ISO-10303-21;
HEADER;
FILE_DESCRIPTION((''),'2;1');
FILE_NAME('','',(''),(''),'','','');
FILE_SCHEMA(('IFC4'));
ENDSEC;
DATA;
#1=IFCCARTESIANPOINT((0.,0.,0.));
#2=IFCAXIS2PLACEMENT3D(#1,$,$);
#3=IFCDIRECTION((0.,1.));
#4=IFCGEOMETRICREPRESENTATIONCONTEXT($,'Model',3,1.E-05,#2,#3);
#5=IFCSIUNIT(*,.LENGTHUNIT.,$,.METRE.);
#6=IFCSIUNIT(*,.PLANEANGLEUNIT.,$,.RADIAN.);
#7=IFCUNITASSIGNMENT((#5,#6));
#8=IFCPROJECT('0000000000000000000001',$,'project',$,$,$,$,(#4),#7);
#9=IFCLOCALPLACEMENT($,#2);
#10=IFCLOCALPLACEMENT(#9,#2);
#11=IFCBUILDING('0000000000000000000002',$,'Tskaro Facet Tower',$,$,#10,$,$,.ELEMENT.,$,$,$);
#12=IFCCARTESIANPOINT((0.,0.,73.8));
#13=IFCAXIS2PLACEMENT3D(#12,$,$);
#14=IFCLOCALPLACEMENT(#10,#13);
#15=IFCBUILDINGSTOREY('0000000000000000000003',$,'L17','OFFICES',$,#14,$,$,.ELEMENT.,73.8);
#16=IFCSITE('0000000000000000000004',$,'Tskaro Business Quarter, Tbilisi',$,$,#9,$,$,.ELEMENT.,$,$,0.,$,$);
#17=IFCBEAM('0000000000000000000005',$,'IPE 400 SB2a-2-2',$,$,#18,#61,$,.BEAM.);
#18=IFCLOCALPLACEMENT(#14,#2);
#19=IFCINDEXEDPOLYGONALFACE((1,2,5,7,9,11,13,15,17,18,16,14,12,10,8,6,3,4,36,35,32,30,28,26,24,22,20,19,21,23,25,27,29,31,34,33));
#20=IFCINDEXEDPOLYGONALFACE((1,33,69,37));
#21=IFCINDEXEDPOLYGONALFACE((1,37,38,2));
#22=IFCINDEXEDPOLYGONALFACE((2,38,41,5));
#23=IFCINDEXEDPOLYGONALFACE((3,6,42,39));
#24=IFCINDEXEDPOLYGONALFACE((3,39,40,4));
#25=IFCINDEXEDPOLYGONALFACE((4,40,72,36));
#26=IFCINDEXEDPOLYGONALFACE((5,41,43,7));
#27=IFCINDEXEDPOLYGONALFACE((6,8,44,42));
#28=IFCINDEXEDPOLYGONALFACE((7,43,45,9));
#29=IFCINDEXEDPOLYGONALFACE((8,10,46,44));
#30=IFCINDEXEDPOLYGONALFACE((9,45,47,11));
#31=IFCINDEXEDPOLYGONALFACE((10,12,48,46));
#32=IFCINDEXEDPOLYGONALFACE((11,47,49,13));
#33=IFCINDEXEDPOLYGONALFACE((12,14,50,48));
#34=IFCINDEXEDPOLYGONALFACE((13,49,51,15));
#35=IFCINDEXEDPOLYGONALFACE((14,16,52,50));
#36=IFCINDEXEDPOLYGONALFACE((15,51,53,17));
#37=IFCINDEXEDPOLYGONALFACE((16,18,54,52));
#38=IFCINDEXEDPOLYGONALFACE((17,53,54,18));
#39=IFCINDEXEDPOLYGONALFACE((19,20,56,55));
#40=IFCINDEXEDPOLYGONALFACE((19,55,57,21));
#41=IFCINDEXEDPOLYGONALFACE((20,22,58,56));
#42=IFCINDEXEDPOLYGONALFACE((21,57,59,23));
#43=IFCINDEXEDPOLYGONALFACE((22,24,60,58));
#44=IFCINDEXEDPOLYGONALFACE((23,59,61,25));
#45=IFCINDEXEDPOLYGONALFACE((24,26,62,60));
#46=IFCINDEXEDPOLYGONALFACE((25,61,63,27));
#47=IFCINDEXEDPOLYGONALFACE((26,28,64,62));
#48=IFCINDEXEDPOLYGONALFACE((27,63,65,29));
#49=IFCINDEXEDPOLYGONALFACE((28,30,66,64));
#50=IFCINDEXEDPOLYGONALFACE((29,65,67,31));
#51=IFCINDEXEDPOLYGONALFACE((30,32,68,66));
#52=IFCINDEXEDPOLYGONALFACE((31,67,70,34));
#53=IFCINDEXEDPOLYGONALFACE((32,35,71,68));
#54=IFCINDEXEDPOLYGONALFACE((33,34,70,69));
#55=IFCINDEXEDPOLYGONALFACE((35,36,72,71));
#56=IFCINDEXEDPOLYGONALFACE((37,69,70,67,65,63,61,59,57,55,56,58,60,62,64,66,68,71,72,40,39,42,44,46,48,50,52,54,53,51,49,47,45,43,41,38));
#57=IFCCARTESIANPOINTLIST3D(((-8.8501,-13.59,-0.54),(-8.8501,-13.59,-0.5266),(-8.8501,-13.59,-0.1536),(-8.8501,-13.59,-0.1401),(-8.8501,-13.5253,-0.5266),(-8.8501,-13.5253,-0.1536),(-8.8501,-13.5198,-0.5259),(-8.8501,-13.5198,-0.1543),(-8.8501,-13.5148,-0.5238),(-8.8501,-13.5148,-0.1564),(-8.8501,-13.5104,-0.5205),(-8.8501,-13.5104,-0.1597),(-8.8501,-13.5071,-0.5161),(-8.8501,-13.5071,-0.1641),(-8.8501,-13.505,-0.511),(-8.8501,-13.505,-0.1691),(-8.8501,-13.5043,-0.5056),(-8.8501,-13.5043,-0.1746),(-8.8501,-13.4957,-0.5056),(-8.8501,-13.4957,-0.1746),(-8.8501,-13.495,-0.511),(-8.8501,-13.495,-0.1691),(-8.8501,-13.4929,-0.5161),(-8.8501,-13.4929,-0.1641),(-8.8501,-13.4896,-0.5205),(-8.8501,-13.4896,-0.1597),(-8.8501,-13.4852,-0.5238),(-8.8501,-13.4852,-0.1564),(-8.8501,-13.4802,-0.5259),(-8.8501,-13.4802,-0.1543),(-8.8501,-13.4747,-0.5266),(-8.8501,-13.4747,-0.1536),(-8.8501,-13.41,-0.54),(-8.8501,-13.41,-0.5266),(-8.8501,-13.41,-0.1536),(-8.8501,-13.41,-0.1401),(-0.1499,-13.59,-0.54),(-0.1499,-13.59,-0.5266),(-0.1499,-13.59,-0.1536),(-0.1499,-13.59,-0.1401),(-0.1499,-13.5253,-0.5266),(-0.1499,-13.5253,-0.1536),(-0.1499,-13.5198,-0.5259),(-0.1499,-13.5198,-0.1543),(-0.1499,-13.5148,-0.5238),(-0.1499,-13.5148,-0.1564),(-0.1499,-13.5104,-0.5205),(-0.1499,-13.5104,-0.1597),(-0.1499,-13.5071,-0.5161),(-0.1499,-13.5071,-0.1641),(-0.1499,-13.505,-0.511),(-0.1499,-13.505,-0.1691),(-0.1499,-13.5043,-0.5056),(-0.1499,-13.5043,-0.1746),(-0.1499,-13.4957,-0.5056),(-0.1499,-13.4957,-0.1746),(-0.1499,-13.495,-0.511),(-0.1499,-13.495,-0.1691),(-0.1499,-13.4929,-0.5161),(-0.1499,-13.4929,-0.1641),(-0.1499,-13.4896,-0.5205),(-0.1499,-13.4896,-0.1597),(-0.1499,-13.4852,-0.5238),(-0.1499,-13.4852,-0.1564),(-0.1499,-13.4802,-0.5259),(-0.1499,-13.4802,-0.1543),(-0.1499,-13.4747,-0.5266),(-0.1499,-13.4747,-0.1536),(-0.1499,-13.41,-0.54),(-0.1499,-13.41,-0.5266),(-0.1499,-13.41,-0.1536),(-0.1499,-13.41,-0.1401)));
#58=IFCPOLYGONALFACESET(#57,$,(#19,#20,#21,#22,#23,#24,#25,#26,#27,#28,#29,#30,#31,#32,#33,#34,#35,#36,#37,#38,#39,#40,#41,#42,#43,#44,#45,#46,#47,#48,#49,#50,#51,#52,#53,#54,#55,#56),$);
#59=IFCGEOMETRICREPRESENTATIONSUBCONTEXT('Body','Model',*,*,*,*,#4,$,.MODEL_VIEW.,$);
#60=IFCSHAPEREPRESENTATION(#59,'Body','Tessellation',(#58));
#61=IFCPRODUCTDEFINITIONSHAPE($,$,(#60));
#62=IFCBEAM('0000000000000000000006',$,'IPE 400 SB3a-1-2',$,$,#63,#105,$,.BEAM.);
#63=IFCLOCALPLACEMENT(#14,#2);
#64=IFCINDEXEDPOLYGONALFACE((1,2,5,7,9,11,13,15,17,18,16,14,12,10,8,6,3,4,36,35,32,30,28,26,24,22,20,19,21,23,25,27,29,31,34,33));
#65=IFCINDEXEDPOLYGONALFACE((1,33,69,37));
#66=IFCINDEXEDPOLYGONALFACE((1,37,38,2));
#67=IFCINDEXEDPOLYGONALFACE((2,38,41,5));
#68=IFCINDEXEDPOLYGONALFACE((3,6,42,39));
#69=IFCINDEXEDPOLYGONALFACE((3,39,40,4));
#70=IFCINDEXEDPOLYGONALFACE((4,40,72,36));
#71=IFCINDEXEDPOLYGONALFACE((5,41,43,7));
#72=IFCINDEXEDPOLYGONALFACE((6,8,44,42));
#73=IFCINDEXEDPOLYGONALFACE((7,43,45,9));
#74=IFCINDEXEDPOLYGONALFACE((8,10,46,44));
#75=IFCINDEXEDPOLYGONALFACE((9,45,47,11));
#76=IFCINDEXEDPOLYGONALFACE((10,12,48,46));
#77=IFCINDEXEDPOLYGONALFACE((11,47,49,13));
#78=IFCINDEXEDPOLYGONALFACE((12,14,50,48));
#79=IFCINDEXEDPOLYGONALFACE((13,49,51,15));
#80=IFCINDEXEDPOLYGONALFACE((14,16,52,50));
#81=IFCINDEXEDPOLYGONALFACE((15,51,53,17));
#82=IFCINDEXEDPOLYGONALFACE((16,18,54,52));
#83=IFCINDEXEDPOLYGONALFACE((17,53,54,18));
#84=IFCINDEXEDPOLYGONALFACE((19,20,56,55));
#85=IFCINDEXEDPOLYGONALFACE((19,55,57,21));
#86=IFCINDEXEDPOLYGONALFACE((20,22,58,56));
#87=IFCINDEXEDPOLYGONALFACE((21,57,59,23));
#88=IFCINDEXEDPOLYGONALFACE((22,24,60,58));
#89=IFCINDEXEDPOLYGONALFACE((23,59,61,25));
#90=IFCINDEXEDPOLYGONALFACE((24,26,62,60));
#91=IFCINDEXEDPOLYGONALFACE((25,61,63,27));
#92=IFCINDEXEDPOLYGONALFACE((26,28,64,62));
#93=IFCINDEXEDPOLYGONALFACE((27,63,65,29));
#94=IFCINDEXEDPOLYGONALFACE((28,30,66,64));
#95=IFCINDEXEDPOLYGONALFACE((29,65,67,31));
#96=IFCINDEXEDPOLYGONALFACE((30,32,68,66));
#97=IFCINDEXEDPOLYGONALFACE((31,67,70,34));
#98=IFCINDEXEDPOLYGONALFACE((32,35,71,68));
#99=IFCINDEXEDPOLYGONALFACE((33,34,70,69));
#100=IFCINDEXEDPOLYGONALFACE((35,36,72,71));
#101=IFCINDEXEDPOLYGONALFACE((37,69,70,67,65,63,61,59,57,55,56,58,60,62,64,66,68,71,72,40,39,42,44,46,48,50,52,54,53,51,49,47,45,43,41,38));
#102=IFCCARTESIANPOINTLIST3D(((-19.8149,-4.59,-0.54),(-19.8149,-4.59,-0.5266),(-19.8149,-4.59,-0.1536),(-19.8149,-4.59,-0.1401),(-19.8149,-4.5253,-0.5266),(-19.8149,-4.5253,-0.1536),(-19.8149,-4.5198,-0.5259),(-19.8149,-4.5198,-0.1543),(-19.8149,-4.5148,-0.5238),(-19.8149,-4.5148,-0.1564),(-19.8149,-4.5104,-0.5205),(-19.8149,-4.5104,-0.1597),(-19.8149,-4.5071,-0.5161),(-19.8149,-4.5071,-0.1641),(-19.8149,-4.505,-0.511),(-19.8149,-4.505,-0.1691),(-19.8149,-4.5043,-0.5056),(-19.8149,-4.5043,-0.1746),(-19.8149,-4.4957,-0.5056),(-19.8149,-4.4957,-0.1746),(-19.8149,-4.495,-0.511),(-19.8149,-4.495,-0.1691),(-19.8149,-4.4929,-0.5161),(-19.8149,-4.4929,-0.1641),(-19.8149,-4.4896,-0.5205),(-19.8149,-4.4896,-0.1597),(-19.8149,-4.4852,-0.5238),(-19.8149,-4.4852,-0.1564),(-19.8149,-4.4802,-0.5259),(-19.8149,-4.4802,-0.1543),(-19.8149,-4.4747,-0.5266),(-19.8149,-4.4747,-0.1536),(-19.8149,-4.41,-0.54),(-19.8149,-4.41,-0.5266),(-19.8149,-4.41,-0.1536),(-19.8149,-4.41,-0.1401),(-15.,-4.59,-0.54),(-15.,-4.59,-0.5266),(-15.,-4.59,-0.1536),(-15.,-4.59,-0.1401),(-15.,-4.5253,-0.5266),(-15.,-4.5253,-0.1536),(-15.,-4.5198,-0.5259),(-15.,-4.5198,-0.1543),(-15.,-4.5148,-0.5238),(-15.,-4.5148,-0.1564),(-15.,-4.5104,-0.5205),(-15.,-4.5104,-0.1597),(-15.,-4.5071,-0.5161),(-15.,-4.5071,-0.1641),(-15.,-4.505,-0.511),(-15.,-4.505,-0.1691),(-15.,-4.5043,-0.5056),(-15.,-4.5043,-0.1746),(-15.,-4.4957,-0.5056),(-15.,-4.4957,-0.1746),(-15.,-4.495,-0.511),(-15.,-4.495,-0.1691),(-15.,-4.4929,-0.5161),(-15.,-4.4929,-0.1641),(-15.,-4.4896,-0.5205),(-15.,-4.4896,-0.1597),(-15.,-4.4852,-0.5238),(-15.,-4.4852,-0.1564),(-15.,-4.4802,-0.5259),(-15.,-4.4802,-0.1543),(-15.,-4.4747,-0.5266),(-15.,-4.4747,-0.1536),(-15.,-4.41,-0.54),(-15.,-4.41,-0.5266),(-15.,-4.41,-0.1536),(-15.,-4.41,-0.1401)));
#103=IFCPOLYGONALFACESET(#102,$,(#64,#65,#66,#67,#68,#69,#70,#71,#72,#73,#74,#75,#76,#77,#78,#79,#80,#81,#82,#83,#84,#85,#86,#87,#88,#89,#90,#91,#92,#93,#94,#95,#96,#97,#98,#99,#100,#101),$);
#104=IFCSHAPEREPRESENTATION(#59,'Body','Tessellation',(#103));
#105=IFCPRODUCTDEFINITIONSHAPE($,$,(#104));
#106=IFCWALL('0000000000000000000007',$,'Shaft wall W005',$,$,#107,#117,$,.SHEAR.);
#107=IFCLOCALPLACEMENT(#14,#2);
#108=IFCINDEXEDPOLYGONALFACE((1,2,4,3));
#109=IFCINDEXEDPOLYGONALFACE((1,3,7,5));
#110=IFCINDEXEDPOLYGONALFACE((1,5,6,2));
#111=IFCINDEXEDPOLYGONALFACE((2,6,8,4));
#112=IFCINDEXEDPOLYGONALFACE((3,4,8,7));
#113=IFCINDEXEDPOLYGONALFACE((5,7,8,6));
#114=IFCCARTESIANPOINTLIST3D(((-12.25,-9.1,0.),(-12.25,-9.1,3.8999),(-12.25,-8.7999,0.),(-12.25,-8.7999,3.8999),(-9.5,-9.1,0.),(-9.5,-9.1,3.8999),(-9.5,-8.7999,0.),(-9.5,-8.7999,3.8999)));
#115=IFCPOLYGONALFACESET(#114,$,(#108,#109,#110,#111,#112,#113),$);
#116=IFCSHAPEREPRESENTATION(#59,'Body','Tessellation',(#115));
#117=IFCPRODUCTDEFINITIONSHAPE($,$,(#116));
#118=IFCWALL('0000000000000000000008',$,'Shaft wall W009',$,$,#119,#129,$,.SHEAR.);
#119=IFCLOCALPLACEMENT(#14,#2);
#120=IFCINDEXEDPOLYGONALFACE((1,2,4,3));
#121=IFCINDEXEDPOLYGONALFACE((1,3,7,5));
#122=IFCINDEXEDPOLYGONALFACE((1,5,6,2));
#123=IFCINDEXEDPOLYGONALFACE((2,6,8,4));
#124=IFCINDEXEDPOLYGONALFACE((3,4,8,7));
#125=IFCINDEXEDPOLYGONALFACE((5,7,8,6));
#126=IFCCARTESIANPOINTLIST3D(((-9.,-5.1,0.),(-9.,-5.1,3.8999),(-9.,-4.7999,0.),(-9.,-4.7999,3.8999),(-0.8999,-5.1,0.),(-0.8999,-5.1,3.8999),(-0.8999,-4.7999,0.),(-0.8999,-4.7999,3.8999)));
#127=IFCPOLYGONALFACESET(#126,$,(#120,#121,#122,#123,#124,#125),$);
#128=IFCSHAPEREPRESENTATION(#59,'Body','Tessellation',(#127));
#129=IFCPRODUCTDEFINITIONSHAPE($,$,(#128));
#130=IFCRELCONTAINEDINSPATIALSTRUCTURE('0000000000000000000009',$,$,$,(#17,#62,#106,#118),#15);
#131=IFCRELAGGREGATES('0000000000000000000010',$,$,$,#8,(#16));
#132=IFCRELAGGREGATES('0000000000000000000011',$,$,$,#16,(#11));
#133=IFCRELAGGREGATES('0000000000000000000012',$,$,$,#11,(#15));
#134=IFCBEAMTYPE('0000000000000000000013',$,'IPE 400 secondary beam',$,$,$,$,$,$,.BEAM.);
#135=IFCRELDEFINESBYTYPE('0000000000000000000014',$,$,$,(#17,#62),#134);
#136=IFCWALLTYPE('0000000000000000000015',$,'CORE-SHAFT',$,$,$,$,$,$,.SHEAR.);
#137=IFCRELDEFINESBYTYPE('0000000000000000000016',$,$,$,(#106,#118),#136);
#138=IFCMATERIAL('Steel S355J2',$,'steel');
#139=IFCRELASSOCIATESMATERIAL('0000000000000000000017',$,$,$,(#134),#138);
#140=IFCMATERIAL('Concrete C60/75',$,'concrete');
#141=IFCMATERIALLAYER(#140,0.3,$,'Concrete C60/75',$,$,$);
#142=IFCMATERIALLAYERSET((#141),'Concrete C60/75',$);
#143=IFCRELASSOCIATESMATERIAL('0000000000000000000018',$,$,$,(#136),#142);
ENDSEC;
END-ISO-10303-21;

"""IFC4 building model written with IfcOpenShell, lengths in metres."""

from ifc_helpers import new_model, si_unit, direction, frame, frame_2d, origin, origin_2d, place, context, subcontext, project, spatial, rectangle, i_section, extrude, material, layer, layer_set, material_profile, profile_set, type_object, element, save


model = new_model("IFC4")

# Units and contexts
model_context = context("Model", 3, precision=1e-05, world=origin(), true_north=direction((0.0, 1.0)))
body_context = subcontext(model_context, "Body", "Model", "MODEL_VIEW")
ifc_project = project(units=[si_unit("LENGTHUNIT", "METRE"), si_unit("PLANEANGLEUNIT", "RADIAN")], contexts=[model_context])

# Site, building, storey
site_placement = place(None, origin())
site = spatial("IfcSite", under=ifc_project, at=site_placement, Name="Tskaro Business Quarter, Tbilisi", CompositionType="ELEMENT", RefElevation=0.0)
building_placement = place(site_placement, origin())
building = spatial("IfcBuilding", under=site, at=building_placement, Name="Tskaro Facet Tower", CompositionType="ELEMENT")
storey_placement = place(building_placement, frame((0.0, 0.0, 73.8)))
storey = spatial("IfcBuildingStorey", under=building, at=storey_placement, Name="L17", Description="OFFICES", CompositionType="ELEMENT", Elevation=73.8)

# Beams
ifc_material_1 = material(Name="Steel S355J2", Category="steel")
ifc_material_profile = material_profile(ifc_material_1, i_section(OverallWidth=0.1799, OverallDepth=0.3999, WebThickness=0.0085, FlangeThickness=0.0134, FilletRadius=0.021, at=origin_2d()), Name="IPE 400")
ifc_profile_set = profile_set([ifc_material_profile], Name="Steel S355J2")
beam_type = type_object("IfcBeamType", Name="IPE 400 secondary beam", PredefinedType="BEAM", material=ifc_profile_set)
beam_1_placement = place(storey_placement, frame((-8.8501, -13.5, -0.3401), z_axis=(1.0, 0.0, 0.0), x_axis=(0.0, 1.0, 0.0)))
element("IfcBeam", 1, at=beam_1_placement, inside=storey, type_object=beam_type, Name="IPE 400 SB2a-2-2", PredefinedType="BEAM", context=body_context, shape_type="SweptSolid", body=[
    extrude(i_section(OverallWidth=0.1799, OverallDepth=0.3999, WebThickness=0.0085, FlangeThickness=0.0134, FilletRadius=0.021, at=origin_2d()), origin(), (0.0, 0.0, 1.0), 8.7002),
])
beam_2_placement = place(storey_placement, frame((-19.8149, -4.5, -0.3401), z_axis=(1.0, 0.0, 0.0), x_axis=(0.0, 1.0, 0.0)))
element("IfcBeam", 2, at=beam_2_placement, inside=storey, type_object=beam_type, Name="IPE 400 SB3a-1-2", PredefinedType="BEAM", context=body_context, shape_type="SweptSolid", body=[
    extrude(i_section(OverallWidth=0.1799, OverallDepth=0.3999, WebThickness=0.0085, FlangeThickness=0.0134, FilletRadius=0.021, at=origin_2d()), origin(), (0.0, 0.0, 1.0), 4.8149),
])

# Walls
ifc_material_2 = material(Name="Concrete C60/75", Category="concrete")
ifc_layer_1 = layer(ifc_material_2, 0.3, Name="Concrete C60/75")
ifc_layer_set_1 = layer_set([ifc_layer_1], Name="Concrete C60/75")
wall_type_1 = type_object("IfcWallType", Name="CORE-SHAFT", PredefinedType="SHEAR", material=ifc_layer_set_1)
wall_1_placement = place(storey_placement, frame((-12.25, -8.95, 0.0), z_axis=(0.0, 0.0, 1.0), x_axis=(1.0, 0.0, 0.0)))
element("IfcWall", 3, at=wall_1_placement, inside=storey, type_object=wall_type_1, Name="Shaft wall W005", PredefinedType="SHEAR", context=body_context, shape_type="SweptSolid", body=[
    extrude(rectangle(XDim=2.75, YDim=0.3, at=frame_2d((1.375, 0.0))), origin(), (0.0, 0.0, 1.0), 3.8999),
])
wall_2_placement = place(storey_placement, frame((-9.0, -4.95, 0.0), z_axis=(0.0, 0.0, 1.0), x_axis=(1.0, 0.0, 0.0)))
element("IfcWall", 4, at=wall_2_placement, inside=storey, type_object=wall_type_1, Name="Shaft wall W009", PredefinedType="SHEAR", context=body_context, shape_type="SweptSolid", body=[
    extrude(rectangle(XDim=8.1001, YDim=0.3, at=frame_2d((4.05, 0.0))), origin(), (0.0, 0.0, 1.0), 3.8999),
])

save(model, "model.ifc")
